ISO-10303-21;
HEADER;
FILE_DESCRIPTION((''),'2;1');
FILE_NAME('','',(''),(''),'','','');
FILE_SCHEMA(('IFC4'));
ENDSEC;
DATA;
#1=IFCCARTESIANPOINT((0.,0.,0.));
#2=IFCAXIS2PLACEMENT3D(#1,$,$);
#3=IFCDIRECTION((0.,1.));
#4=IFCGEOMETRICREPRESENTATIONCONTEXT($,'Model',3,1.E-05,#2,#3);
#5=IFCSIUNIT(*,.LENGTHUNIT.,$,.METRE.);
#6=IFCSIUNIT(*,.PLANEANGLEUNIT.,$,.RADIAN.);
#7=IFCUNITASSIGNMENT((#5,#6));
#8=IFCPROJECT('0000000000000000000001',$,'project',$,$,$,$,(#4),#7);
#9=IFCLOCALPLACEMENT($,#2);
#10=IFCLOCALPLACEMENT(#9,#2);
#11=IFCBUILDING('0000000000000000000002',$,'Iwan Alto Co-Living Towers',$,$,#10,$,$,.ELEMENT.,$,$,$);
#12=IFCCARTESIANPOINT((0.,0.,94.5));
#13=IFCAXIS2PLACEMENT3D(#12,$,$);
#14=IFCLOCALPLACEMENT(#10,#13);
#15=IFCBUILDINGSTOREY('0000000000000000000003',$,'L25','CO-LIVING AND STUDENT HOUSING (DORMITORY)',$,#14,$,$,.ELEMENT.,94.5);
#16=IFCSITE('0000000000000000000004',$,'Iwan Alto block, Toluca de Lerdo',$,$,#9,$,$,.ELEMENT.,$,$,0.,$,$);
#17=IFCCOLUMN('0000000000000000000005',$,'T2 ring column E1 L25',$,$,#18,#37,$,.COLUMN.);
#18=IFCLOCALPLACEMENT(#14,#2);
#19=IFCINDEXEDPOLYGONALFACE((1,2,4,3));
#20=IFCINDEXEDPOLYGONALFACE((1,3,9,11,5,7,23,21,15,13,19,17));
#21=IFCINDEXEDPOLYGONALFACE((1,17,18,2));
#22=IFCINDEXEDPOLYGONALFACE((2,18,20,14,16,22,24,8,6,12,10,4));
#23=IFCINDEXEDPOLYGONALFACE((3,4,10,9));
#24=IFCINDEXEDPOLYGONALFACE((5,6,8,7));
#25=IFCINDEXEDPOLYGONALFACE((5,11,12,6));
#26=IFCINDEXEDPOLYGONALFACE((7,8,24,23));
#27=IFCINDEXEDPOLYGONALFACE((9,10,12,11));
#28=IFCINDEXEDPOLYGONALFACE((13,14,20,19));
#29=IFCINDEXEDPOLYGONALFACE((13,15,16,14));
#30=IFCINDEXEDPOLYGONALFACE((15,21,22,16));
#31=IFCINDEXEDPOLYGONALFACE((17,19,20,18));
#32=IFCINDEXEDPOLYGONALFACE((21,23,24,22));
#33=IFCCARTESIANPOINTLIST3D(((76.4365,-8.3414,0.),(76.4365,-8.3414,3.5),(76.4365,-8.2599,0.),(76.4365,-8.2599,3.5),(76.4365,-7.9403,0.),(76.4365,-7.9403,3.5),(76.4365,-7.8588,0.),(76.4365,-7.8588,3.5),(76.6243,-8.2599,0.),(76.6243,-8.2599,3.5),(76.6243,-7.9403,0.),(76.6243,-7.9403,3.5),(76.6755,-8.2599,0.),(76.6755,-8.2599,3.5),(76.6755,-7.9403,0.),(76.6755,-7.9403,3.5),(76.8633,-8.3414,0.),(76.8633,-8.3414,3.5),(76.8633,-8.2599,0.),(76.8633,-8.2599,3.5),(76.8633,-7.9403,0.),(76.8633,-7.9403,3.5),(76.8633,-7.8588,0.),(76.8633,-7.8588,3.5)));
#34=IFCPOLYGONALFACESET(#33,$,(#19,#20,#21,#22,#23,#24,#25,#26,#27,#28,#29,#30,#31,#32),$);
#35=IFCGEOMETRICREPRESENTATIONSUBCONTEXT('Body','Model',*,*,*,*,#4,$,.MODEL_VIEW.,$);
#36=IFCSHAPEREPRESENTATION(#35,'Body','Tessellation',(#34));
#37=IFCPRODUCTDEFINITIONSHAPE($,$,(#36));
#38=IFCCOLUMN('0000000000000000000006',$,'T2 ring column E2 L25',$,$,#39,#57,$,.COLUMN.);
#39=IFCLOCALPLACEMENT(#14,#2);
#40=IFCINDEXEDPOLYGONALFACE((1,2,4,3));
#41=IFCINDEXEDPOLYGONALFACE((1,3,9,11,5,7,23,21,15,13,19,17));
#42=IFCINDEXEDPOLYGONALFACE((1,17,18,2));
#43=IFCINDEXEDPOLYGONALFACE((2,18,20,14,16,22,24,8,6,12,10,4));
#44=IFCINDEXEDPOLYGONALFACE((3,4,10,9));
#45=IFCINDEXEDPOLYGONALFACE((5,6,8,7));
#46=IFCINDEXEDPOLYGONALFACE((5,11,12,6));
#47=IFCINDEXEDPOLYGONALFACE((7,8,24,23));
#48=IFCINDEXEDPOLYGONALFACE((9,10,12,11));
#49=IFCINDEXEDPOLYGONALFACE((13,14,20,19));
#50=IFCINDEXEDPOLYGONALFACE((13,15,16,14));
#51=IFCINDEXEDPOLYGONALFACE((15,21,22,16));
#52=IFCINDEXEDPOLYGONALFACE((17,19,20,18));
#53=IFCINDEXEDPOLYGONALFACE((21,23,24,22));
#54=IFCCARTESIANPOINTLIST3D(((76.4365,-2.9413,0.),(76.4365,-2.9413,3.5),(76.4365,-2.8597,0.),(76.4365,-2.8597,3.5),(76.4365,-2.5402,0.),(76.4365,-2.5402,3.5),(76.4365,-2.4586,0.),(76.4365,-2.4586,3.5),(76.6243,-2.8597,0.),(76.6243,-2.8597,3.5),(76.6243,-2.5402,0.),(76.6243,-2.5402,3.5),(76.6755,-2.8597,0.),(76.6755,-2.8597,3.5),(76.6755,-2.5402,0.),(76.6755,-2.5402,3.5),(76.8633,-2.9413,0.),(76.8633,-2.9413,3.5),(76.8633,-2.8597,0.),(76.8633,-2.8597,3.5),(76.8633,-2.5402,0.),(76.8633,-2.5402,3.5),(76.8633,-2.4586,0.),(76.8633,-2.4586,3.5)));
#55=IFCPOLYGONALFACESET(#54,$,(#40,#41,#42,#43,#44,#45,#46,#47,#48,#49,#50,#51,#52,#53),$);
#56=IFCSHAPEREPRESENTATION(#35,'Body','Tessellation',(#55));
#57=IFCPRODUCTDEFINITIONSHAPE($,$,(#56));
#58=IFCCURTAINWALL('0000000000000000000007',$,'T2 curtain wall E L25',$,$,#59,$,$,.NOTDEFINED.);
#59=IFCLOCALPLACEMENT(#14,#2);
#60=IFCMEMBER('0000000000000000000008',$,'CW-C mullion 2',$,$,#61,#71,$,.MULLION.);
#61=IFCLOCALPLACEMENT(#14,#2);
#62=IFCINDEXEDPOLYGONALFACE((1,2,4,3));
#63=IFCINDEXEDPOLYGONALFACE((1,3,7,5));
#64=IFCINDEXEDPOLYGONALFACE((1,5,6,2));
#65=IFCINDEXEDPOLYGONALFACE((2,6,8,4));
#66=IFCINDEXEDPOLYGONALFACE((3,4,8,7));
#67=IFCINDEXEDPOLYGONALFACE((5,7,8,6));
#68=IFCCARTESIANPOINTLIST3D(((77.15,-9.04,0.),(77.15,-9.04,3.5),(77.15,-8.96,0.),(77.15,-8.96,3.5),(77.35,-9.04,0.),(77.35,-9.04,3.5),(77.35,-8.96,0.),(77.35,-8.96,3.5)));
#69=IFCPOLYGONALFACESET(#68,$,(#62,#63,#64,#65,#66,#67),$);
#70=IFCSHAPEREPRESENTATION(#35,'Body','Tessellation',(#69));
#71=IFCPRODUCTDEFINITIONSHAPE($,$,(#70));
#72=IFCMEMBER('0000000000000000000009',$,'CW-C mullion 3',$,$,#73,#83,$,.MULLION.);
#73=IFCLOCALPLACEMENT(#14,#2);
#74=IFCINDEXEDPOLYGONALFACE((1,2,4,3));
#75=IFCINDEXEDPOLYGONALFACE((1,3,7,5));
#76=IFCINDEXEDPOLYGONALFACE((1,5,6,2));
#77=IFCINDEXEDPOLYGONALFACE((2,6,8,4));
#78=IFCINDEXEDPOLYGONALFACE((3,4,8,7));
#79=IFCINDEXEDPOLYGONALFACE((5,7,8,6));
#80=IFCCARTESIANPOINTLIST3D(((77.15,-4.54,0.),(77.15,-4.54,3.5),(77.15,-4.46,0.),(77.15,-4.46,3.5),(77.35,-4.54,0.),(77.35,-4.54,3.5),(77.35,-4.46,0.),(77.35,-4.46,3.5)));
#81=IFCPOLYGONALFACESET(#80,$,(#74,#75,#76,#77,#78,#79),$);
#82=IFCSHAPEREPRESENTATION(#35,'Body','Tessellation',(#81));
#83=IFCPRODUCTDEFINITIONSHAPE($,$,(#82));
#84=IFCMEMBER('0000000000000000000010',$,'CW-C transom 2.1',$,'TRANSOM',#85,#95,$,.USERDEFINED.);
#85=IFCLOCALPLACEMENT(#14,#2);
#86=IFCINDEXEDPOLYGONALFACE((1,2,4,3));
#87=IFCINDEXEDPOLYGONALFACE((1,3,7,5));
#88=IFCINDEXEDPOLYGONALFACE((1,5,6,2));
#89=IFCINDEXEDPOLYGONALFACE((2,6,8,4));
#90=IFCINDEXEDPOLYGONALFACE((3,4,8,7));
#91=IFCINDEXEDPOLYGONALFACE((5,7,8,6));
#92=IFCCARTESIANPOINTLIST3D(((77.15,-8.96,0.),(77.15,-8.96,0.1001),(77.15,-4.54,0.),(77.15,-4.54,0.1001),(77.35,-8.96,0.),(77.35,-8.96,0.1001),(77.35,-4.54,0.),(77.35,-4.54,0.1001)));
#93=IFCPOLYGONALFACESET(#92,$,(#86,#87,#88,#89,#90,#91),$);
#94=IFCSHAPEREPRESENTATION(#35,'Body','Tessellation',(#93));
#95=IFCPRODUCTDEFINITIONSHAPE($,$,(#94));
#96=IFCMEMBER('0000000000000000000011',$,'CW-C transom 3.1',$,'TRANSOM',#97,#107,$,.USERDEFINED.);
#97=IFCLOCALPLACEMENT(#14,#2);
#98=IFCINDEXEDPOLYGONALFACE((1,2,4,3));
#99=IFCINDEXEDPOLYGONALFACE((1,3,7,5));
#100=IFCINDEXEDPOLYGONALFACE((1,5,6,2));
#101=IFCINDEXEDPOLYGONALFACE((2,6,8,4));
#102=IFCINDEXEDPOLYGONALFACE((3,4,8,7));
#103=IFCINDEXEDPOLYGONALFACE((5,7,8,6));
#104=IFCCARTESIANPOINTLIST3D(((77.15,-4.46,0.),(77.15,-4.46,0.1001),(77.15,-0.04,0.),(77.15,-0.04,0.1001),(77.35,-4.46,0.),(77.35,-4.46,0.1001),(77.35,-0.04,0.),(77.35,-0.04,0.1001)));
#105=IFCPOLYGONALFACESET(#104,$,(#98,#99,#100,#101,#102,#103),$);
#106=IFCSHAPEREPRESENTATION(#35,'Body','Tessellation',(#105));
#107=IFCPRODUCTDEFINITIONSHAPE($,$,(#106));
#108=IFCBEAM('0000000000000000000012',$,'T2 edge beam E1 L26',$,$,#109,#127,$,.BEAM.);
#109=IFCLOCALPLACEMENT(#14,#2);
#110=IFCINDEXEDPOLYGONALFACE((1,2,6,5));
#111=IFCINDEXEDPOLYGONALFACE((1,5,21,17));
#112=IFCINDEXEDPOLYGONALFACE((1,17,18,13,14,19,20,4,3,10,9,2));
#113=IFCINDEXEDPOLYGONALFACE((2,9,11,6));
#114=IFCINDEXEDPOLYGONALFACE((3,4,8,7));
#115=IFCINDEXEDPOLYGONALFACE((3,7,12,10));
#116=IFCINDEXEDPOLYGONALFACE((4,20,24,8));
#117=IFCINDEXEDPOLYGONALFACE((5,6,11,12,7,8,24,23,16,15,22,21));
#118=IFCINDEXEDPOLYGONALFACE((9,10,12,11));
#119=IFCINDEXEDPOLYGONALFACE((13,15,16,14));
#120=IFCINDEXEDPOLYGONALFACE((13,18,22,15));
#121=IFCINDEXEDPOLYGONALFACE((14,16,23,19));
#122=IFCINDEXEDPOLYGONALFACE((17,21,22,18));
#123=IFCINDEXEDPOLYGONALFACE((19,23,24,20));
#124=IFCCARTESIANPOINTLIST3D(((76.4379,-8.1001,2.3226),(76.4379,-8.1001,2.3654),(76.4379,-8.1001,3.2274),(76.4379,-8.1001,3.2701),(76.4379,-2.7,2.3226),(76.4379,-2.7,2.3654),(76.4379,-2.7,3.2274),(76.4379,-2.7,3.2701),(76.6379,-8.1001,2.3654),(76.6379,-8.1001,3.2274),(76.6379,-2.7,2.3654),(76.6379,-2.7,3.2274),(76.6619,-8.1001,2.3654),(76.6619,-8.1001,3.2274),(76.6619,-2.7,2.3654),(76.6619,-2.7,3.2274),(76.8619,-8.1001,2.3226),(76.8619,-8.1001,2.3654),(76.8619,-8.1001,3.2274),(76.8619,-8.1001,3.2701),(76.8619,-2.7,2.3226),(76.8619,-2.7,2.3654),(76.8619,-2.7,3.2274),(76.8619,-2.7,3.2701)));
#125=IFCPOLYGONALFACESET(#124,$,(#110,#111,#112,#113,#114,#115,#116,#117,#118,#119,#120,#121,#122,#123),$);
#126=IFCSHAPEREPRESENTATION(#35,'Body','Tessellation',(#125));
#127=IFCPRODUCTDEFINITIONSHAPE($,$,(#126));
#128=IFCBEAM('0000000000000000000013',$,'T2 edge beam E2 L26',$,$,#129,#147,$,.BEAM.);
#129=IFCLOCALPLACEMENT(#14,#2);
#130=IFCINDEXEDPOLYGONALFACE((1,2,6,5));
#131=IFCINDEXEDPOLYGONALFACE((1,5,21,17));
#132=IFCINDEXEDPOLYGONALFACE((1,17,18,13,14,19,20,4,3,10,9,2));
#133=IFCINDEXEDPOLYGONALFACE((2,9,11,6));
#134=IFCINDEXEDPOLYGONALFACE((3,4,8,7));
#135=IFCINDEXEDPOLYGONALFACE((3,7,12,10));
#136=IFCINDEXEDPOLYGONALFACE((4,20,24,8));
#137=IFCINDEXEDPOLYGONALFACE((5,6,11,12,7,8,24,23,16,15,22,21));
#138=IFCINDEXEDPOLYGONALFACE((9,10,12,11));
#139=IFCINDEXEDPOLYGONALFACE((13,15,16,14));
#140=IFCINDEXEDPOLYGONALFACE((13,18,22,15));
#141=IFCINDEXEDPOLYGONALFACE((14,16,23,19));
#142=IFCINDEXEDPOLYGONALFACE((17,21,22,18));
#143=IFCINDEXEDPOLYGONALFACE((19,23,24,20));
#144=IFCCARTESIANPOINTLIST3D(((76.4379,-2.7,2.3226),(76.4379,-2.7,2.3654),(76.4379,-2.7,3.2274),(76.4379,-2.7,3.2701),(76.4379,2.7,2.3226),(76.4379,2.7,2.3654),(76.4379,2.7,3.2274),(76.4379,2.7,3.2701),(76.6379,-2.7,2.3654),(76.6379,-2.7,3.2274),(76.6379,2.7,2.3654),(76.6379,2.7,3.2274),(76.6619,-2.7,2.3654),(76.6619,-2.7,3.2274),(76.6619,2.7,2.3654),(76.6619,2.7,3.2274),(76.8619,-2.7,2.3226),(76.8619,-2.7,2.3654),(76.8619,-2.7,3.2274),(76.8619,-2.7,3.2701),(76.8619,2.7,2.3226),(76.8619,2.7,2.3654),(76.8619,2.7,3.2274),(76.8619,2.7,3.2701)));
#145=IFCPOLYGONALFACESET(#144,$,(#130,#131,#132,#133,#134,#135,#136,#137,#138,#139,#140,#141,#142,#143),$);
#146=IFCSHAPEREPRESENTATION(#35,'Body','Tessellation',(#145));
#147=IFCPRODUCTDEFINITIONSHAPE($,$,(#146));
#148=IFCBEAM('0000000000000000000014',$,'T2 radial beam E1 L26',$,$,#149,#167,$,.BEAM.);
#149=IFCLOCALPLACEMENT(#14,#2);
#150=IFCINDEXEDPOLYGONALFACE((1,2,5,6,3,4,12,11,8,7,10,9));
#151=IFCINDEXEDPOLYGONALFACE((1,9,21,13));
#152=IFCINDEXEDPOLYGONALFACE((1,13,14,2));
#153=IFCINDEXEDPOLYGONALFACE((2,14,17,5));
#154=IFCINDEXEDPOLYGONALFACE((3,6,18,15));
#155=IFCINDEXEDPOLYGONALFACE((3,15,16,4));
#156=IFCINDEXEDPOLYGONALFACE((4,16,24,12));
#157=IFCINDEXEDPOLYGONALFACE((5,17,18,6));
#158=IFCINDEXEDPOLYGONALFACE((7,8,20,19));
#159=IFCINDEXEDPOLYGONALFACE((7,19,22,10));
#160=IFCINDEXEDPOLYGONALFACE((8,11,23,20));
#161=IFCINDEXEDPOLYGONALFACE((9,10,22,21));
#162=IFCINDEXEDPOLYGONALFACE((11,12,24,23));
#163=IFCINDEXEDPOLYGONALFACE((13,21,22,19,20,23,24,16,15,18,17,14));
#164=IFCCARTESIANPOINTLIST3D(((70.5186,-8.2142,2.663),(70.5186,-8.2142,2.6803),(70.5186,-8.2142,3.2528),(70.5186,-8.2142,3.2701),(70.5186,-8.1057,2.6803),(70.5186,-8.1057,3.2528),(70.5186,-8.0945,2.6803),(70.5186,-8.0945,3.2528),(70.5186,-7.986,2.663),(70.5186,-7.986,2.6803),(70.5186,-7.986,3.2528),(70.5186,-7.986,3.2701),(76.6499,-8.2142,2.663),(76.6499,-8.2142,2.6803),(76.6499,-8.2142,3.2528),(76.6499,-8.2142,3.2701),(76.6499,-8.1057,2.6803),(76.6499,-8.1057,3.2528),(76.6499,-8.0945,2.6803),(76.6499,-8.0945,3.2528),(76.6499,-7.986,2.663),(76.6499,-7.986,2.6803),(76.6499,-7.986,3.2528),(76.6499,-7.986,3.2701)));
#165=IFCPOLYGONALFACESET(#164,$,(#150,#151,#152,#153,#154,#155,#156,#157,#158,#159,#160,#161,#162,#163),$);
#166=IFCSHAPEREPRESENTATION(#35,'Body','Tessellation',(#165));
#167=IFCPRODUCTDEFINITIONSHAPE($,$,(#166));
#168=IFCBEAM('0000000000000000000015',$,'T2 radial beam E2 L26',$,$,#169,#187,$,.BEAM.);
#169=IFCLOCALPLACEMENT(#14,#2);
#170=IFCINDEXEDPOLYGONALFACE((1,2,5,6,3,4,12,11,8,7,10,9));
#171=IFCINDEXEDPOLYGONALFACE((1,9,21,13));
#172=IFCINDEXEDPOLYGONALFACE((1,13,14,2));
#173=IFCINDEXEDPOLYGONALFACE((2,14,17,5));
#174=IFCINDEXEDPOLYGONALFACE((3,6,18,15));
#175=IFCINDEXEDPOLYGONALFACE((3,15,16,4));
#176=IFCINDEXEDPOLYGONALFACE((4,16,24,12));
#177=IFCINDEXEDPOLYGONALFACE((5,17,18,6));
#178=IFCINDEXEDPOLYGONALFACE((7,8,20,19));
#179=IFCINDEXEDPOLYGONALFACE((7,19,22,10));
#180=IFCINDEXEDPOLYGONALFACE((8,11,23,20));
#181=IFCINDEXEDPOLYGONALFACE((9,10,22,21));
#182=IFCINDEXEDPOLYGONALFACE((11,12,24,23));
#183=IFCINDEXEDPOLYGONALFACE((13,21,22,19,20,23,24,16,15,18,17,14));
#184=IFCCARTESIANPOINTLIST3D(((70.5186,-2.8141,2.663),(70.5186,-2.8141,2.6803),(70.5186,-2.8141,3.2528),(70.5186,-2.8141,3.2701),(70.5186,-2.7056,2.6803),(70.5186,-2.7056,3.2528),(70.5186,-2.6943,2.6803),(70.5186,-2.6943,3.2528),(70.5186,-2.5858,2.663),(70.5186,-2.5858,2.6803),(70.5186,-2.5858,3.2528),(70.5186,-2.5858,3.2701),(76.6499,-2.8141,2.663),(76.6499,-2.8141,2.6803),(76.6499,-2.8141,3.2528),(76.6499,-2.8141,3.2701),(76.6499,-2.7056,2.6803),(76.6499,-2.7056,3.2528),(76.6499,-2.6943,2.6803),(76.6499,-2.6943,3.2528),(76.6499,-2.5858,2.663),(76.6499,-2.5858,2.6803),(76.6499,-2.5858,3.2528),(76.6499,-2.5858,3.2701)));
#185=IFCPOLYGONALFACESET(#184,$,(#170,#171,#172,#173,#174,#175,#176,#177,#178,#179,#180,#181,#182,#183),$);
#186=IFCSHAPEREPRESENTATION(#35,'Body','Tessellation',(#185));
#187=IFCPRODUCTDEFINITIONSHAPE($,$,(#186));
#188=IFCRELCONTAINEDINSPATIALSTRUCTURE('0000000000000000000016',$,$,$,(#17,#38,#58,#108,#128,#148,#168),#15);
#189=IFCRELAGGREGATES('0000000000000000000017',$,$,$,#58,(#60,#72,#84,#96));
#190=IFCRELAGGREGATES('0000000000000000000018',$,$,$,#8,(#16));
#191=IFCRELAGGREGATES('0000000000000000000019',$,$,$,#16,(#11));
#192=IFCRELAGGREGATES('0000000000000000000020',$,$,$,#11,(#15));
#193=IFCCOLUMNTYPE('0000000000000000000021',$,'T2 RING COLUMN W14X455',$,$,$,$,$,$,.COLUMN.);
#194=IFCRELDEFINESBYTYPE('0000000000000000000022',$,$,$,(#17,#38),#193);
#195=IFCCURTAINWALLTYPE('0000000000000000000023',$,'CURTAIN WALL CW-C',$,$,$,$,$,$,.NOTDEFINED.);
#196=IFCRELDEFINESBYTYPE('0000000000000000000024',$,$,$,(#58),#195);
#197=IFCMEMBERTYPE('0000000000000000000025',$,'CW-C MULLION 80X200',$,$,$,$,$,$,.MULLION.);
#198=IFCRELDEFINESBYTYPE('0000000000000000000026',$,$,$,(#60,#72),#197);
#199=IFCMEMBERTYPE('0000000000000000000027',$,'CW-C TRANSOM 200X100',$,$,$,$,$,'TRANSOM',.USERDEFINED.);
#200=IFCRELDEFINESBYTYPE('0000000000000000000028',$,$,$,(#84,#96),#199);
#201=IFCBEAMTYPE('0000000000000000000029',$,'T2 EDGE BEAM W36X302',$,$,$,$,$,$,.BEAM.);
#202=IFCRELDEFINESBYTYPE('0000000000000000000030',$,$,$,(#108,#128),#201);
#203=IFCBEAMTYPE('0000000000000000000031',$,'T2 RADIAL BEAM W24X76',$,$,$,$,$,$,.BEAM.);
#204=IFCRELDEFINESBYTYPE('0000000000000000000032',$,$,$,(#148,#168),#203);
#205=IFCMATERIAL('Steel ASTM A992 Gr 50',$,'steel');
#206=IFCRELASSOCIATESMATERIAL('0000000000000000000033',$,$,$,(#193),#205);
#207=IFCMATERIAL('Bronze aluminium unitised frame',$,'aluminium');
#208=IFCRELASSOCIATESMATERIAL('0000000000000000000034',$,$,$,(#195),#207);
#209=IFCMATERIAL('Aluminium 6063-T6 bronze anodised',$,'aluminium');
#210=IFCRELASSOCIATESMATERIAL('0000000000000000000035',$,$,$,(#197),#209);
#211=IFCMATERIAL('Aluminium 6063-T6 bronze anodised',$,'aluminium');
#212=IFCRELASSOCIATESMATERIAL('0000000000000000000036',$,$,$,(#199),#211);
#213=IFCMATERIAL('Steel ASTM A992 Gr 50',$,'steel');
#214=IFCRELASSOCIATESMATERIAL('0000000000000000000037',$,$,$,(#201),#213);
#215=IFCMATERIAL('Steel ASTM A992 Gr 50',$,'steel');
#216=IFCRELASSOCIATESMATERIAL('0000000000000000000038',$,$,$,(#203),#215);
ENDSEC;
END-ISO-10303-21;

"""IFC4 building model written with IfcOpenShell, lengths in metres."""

from ifc_helpers import new_model, si_unit, direction, frame, origin, origin_2d, place, context, subcontext, project, spatial, rectangle, i_section, extrude, material, material_profile, profile_set, type_object, element, aggregate, save


model = new_model("IFC4")

# Units and contexts
model_context = context("Model", 3, precision=1e-05, world=origin(), true_north=direction((0.0, 1.0)))
body_context = subcontext(model_context, "Body", "Model", "MODEL_VIEW")
ifc_project = project(units=[si_unit("LENGTHUNIT", "METRE"), si_unit("PLANEANGLEUNIT", "RADIAN")], contexts=[model_context])

# Site, building, storey
site_placement = place(None, origin())
site = spatial("IfcSite", under=ifc_project, at=site_placement, Name="Iwan Alto block, Toluca de Lerdo", CompositionType="ELEMENT", RefElevation=0.0)
building_placement = place(site_placement, origin())
building = spatial("IfcBuilding", under=site, at=building_placement, Name="Iwan Alto Co-Living Towers", CompositionType="ELEMENT")
storey_placement = place(building_placement, frame((0.0, 0.0, 94.5)))
storey = spatial("IfcBuildingStorey", under=building, at=storey_placement, Name="L25", Description="CO-LIVING AND STUDENT HOUSING (DORMITORY)", CompositionType="ELEMENT", Elevation=94.5)

# Columns
ifc_material_1 = material(Name="Steel ASTM A992 Gr 50", Category="steel")
ifc_material_profile_1 = material_profile(ifc_material_1, i_section(OverallWidth=0.4268, OverallDepth=0.4827, WebThickness=0.0513, FlangeThickness=0.0815, at=origin_2d()), Name="W14X455")
ifc_profile_set_1 = profile_set([ifc_material_profile_1], Name="Steel ASTM A992 Gr 50")
column_type = type_object("IfcColumnType", Name="T2 RING COLUMN W14X455", PredefinedType="COLUMN", material=ifc_profile_set_1)
for number, where, z_axis, x_axis, name in (
    (1, (76.6499, -8.1001, 0.0), (0.0, 0.0, 1.0), (1.0, 0.0, 0.0), "T2 ring column E1 L25"),
    (2, (76.6499, -2.7, 0.0), (0.0, 0.0, 1.0), (1.0, 0.0, 0.0), "T2 ring column E2 L25"),
):
    element("IfcColumn", number, at=place(storey_placement, frame(where, z_axis=z_axis, x_axis=x_axis)), inside=storey, type_object=column_type, Name=name, PredefinedType="COLUMN", context=body_context, shape_type="SweptSolid", body=[
        extrude(i_section(OverallWidth=0.4268, OverallDepth=0.4827, WebThickness=0.0513, FlangeThickness=0.0815, at=origin_2d()), origin(), (0.0, 0.0, 1.0), 3.5),
    ])

# Curtain wall, members
ifc_material_2 = material(Name="Bronze aluminium unitised frame", Category="aluminium")
curtain_wall_type = type_object("IfcCurtainWallType", Name="CURTAIN WALL CW-C", PredefinedType="NOTDEFINED", material=ifc_material_2)
curtain_wall_placement = place(storey_placement, origin())
curtain_wall = element("IfcCurtainWall", 3, at=curtain_wall_placement, inside=storey, type_object=curtain_wall_type, Name="T2 curtain wall E L25", PredefinedType="NOTDEFINED")
ifc_material_3 = material(Name="Aluminium 6063-T6 bronze anodised", Category="aluminium")
ifc_material_profile_2 = material_profile(ifc_material_3, rectangle(XDim=0.2, YDim=0.0801, at=origin_2d()), Name="AL 80X200")
ifc_profile_set_2 = profile_set([ifc_material_profile_2], Name="Aluminium 6063-T6 bronze anodised")
member_type_1 = type_object("IfcMemberType", Name="CW-C MULLION 80X200", PredefinedType="MULLION", material=ifc_profile_set_2)
member_1_placement = place(storey_placement, frame((77.25, -9.0, 0.0), z_axis=(0.0, 0.0, 1.0), x_axis=(-1.0, 0.0, 0.0)))
member_1 = element("IfcMember", 4, at=member_1_placement, type_object=member_type_1, Name="CW-C mullion 2", PredefinedType="MULLION", context=body_context, shape_type="SweptSolid", body=[
    extrude(rectangle(XDim=0.2, YDim=0.0801, at=origin_2d()), origin(), (0.0, 0.0, 1.0), 3.5),
])
member_2_placement = place(storey_placement, frame((77.25, -4.5, 0.0), z_axis=(0.0, 0.0, 1.0), x_axis=(-1.0, 0.0, 0.0)))
member_2 = element("IfcMember", 5, at=member_2_placement, type_object=member_type_1, Name="CW-C mullion 3", PredefinedType="MULLION", context=body_context, shape_type="SweptSolid", body=[
    extrude(rectangle(XDim=0.2, YDim=0.0801, at=origin_2d()), origin(), (0.0, 0.0, 1.0), 3.5),
])
ifc_material_4 = material(Name="Aluminium 6063-T6 bronze anodised", Category="aluminium")
ifc_material_profile_3 = material_profile(ifc_material_4, rectangle(XDim=0.2, YDim=0.1001, at=origin_2d()), Name="AL 200X100")
ifc_profile_set_3 = profile_set([ifc_material_profile_3], Name="Aluminium 6063-T6 bronze anodised")
member_type_2 = type_object("IfcMemberType", Name="CW-C TRANSOM 200X100", ElementType="TRANSOM", PredefinedType="USERDEFINED", material=ifc_profile_set_3)
member_3_placement = place(storey_placement, frame((77.25, -8.96, 0.05), z_axis=(0.0, 1.0, 0.0), x_axis=(-1.0, 0.0, 0.0)))
member_3 = element("IfcMember", 6, at=member_3_placement, type_object=member_type_2, Name="CW-C transom 2.1", ObjectType="TRANSOM", PredefinedType="USERDEFINED", context=body_context, shape_type="SweptSolid", body=[
    extrude(rectangle(XDim=0.2, YDim=0.1001, at=origin_2d()), origin(), (0.0, 0.0, 1.0), 4.4199),
])
member_4_placement = place(storey_placement, frame((77.25, -4.46, 0.05), z_axis=(0.0, 1.0, 0.0), x_axis=(-1.0, 0.0, 0.0)))
member_4 = element("IfcMember", 7, at=member_4_placement, type_object=member_type_2, Name="CW-C transom 3.1", ObjectType="TRANSOM", PredefinedType="USERDEFINED", context=body_context, shape_type="SweptSolid", body=[
    extrude(rectangle(XDim=0.2, YDim=0.1001, at=origin_2d()), origin(), (0.0, 0.0, 1.0), 4.4199),
])

# Beams
ifc_material_5 = material(Name="Steel ASTM A992 Gr 50", Category="steel")
ifc_material_profile_4 = material_profile(ifc_material_5, i_section(OverallWidth=0.4241, OverallDepth=0.9475, WebThickness=0.0239, FlangeThickness=0.0427, at=origin_2d()), Name="W36X302")
ifc_profile_set_4 = profile_set([ifc_material_profile_4], Name="Steel ASTM A992 Gr 50")
beam_type_1 = type_object("IfcBeamType", Name="T2 EDGE BEAM W36X302", PredefinedType="BEAM", material=ifc_profile_set_4)
beam_1_placement = place(storey_placement, frame((76.6499, -8.1001, 2.7964), z_axis=(0.0, 1.0, 0.0), x_axis=(-1.0, 0.0, 0.0)))
element("IfcBeam", 8, at=beam_1_placement, inside=storey, type_object=beam_type_1, Name="T2 edge beam E1 L26", PredefinedType="BEAM", context=body_context, shape_type="SweptSolid", body=[
    extrude(i_section(OverallWidth=0.4241, OverallDepth=0.9475, WebThickness=0.0239, FlangeThickness=0.0427, at=origin_2d()), origin(), (0.0, 0.0, 1.0), 5.4001),
])
beam_2_placement = place(storey_placement, frame((76.6499, -2.7, 2.7964), z_axis=(0.0, 1.0, 0.0), x_axis=(-1.0, 0.0, 0.0)))
element("IfcBeam", 9, at=beam_2_placement, inside=storey, type_object=beam_type_1, Name="T2 edge beam E2 L26", PredefinedType="BEAM", context=body_context, shape_type="SweptSolid", body=[
    extrude(i_section(OverallWidth=0.4241, OverallDepth=0.9475, WebThickness=0.0239, FlangeThickness=0.0427, at=origin_2d()), origin(), (0.0, 0.0, 1.0), 5.3999),
])
ifc_material_6 = material(Name="Steel ASTM A992 Gr 50", Category="steel")
ifc_material_profile_5 = material_profile(ifc_material_6, i_section(OverallWidth=0.2283, OverallDepth=0.6072, WebThickness=0.0112, FlangeThickness=0.0173, at=origin_2d()), Name="W24X76")
ifc_profile_set_5 = profile_set([ifc_material_profile_5], Name="Steel ASTM A992 Gr 50")
beam_type_2 = type_object("IfcBeamType", Name="T2 RADIAL BEAM W24X76", PredefinedType="BEAM", material=ifc_profile_set_5)
for number, where, z_axis, x_axis, name in (
    (10, (76.6499, -8.1001, 2.9666), (-1.0, 0.0, 0.0), (0.0, -1.0, 0.0), "T2 radial beam E1 L26"),
    (11, (76.6499, -2.7, 2.9666), (-1.0, 0.0, 0.0), (0.0, -1.0, 0.0), "T2 radial beam E2 L26"),
):
    element("IfcBeam", number, at=place(storey_placement, frame(where, z_axis=z_axis, x_axis=x_axis)), inside=storey, type_object=beam_type_2, Name=name, PredefinedType="BEAM", context=body_context, shape_type="SweptSolid", body=[
        extrude(i_section(OverallWidth=0.2283, OverallDepth=0.6072, WebThickness=0.0112, FlangeThickness=0.0173, at=origin_2d()), origin(), (0.0, 0.0, 1.0), 6.1313),
    ])

aggregate(curtain_wall, [member_1, member_2, member_3, member_4])

save(model, "model.ifc")
